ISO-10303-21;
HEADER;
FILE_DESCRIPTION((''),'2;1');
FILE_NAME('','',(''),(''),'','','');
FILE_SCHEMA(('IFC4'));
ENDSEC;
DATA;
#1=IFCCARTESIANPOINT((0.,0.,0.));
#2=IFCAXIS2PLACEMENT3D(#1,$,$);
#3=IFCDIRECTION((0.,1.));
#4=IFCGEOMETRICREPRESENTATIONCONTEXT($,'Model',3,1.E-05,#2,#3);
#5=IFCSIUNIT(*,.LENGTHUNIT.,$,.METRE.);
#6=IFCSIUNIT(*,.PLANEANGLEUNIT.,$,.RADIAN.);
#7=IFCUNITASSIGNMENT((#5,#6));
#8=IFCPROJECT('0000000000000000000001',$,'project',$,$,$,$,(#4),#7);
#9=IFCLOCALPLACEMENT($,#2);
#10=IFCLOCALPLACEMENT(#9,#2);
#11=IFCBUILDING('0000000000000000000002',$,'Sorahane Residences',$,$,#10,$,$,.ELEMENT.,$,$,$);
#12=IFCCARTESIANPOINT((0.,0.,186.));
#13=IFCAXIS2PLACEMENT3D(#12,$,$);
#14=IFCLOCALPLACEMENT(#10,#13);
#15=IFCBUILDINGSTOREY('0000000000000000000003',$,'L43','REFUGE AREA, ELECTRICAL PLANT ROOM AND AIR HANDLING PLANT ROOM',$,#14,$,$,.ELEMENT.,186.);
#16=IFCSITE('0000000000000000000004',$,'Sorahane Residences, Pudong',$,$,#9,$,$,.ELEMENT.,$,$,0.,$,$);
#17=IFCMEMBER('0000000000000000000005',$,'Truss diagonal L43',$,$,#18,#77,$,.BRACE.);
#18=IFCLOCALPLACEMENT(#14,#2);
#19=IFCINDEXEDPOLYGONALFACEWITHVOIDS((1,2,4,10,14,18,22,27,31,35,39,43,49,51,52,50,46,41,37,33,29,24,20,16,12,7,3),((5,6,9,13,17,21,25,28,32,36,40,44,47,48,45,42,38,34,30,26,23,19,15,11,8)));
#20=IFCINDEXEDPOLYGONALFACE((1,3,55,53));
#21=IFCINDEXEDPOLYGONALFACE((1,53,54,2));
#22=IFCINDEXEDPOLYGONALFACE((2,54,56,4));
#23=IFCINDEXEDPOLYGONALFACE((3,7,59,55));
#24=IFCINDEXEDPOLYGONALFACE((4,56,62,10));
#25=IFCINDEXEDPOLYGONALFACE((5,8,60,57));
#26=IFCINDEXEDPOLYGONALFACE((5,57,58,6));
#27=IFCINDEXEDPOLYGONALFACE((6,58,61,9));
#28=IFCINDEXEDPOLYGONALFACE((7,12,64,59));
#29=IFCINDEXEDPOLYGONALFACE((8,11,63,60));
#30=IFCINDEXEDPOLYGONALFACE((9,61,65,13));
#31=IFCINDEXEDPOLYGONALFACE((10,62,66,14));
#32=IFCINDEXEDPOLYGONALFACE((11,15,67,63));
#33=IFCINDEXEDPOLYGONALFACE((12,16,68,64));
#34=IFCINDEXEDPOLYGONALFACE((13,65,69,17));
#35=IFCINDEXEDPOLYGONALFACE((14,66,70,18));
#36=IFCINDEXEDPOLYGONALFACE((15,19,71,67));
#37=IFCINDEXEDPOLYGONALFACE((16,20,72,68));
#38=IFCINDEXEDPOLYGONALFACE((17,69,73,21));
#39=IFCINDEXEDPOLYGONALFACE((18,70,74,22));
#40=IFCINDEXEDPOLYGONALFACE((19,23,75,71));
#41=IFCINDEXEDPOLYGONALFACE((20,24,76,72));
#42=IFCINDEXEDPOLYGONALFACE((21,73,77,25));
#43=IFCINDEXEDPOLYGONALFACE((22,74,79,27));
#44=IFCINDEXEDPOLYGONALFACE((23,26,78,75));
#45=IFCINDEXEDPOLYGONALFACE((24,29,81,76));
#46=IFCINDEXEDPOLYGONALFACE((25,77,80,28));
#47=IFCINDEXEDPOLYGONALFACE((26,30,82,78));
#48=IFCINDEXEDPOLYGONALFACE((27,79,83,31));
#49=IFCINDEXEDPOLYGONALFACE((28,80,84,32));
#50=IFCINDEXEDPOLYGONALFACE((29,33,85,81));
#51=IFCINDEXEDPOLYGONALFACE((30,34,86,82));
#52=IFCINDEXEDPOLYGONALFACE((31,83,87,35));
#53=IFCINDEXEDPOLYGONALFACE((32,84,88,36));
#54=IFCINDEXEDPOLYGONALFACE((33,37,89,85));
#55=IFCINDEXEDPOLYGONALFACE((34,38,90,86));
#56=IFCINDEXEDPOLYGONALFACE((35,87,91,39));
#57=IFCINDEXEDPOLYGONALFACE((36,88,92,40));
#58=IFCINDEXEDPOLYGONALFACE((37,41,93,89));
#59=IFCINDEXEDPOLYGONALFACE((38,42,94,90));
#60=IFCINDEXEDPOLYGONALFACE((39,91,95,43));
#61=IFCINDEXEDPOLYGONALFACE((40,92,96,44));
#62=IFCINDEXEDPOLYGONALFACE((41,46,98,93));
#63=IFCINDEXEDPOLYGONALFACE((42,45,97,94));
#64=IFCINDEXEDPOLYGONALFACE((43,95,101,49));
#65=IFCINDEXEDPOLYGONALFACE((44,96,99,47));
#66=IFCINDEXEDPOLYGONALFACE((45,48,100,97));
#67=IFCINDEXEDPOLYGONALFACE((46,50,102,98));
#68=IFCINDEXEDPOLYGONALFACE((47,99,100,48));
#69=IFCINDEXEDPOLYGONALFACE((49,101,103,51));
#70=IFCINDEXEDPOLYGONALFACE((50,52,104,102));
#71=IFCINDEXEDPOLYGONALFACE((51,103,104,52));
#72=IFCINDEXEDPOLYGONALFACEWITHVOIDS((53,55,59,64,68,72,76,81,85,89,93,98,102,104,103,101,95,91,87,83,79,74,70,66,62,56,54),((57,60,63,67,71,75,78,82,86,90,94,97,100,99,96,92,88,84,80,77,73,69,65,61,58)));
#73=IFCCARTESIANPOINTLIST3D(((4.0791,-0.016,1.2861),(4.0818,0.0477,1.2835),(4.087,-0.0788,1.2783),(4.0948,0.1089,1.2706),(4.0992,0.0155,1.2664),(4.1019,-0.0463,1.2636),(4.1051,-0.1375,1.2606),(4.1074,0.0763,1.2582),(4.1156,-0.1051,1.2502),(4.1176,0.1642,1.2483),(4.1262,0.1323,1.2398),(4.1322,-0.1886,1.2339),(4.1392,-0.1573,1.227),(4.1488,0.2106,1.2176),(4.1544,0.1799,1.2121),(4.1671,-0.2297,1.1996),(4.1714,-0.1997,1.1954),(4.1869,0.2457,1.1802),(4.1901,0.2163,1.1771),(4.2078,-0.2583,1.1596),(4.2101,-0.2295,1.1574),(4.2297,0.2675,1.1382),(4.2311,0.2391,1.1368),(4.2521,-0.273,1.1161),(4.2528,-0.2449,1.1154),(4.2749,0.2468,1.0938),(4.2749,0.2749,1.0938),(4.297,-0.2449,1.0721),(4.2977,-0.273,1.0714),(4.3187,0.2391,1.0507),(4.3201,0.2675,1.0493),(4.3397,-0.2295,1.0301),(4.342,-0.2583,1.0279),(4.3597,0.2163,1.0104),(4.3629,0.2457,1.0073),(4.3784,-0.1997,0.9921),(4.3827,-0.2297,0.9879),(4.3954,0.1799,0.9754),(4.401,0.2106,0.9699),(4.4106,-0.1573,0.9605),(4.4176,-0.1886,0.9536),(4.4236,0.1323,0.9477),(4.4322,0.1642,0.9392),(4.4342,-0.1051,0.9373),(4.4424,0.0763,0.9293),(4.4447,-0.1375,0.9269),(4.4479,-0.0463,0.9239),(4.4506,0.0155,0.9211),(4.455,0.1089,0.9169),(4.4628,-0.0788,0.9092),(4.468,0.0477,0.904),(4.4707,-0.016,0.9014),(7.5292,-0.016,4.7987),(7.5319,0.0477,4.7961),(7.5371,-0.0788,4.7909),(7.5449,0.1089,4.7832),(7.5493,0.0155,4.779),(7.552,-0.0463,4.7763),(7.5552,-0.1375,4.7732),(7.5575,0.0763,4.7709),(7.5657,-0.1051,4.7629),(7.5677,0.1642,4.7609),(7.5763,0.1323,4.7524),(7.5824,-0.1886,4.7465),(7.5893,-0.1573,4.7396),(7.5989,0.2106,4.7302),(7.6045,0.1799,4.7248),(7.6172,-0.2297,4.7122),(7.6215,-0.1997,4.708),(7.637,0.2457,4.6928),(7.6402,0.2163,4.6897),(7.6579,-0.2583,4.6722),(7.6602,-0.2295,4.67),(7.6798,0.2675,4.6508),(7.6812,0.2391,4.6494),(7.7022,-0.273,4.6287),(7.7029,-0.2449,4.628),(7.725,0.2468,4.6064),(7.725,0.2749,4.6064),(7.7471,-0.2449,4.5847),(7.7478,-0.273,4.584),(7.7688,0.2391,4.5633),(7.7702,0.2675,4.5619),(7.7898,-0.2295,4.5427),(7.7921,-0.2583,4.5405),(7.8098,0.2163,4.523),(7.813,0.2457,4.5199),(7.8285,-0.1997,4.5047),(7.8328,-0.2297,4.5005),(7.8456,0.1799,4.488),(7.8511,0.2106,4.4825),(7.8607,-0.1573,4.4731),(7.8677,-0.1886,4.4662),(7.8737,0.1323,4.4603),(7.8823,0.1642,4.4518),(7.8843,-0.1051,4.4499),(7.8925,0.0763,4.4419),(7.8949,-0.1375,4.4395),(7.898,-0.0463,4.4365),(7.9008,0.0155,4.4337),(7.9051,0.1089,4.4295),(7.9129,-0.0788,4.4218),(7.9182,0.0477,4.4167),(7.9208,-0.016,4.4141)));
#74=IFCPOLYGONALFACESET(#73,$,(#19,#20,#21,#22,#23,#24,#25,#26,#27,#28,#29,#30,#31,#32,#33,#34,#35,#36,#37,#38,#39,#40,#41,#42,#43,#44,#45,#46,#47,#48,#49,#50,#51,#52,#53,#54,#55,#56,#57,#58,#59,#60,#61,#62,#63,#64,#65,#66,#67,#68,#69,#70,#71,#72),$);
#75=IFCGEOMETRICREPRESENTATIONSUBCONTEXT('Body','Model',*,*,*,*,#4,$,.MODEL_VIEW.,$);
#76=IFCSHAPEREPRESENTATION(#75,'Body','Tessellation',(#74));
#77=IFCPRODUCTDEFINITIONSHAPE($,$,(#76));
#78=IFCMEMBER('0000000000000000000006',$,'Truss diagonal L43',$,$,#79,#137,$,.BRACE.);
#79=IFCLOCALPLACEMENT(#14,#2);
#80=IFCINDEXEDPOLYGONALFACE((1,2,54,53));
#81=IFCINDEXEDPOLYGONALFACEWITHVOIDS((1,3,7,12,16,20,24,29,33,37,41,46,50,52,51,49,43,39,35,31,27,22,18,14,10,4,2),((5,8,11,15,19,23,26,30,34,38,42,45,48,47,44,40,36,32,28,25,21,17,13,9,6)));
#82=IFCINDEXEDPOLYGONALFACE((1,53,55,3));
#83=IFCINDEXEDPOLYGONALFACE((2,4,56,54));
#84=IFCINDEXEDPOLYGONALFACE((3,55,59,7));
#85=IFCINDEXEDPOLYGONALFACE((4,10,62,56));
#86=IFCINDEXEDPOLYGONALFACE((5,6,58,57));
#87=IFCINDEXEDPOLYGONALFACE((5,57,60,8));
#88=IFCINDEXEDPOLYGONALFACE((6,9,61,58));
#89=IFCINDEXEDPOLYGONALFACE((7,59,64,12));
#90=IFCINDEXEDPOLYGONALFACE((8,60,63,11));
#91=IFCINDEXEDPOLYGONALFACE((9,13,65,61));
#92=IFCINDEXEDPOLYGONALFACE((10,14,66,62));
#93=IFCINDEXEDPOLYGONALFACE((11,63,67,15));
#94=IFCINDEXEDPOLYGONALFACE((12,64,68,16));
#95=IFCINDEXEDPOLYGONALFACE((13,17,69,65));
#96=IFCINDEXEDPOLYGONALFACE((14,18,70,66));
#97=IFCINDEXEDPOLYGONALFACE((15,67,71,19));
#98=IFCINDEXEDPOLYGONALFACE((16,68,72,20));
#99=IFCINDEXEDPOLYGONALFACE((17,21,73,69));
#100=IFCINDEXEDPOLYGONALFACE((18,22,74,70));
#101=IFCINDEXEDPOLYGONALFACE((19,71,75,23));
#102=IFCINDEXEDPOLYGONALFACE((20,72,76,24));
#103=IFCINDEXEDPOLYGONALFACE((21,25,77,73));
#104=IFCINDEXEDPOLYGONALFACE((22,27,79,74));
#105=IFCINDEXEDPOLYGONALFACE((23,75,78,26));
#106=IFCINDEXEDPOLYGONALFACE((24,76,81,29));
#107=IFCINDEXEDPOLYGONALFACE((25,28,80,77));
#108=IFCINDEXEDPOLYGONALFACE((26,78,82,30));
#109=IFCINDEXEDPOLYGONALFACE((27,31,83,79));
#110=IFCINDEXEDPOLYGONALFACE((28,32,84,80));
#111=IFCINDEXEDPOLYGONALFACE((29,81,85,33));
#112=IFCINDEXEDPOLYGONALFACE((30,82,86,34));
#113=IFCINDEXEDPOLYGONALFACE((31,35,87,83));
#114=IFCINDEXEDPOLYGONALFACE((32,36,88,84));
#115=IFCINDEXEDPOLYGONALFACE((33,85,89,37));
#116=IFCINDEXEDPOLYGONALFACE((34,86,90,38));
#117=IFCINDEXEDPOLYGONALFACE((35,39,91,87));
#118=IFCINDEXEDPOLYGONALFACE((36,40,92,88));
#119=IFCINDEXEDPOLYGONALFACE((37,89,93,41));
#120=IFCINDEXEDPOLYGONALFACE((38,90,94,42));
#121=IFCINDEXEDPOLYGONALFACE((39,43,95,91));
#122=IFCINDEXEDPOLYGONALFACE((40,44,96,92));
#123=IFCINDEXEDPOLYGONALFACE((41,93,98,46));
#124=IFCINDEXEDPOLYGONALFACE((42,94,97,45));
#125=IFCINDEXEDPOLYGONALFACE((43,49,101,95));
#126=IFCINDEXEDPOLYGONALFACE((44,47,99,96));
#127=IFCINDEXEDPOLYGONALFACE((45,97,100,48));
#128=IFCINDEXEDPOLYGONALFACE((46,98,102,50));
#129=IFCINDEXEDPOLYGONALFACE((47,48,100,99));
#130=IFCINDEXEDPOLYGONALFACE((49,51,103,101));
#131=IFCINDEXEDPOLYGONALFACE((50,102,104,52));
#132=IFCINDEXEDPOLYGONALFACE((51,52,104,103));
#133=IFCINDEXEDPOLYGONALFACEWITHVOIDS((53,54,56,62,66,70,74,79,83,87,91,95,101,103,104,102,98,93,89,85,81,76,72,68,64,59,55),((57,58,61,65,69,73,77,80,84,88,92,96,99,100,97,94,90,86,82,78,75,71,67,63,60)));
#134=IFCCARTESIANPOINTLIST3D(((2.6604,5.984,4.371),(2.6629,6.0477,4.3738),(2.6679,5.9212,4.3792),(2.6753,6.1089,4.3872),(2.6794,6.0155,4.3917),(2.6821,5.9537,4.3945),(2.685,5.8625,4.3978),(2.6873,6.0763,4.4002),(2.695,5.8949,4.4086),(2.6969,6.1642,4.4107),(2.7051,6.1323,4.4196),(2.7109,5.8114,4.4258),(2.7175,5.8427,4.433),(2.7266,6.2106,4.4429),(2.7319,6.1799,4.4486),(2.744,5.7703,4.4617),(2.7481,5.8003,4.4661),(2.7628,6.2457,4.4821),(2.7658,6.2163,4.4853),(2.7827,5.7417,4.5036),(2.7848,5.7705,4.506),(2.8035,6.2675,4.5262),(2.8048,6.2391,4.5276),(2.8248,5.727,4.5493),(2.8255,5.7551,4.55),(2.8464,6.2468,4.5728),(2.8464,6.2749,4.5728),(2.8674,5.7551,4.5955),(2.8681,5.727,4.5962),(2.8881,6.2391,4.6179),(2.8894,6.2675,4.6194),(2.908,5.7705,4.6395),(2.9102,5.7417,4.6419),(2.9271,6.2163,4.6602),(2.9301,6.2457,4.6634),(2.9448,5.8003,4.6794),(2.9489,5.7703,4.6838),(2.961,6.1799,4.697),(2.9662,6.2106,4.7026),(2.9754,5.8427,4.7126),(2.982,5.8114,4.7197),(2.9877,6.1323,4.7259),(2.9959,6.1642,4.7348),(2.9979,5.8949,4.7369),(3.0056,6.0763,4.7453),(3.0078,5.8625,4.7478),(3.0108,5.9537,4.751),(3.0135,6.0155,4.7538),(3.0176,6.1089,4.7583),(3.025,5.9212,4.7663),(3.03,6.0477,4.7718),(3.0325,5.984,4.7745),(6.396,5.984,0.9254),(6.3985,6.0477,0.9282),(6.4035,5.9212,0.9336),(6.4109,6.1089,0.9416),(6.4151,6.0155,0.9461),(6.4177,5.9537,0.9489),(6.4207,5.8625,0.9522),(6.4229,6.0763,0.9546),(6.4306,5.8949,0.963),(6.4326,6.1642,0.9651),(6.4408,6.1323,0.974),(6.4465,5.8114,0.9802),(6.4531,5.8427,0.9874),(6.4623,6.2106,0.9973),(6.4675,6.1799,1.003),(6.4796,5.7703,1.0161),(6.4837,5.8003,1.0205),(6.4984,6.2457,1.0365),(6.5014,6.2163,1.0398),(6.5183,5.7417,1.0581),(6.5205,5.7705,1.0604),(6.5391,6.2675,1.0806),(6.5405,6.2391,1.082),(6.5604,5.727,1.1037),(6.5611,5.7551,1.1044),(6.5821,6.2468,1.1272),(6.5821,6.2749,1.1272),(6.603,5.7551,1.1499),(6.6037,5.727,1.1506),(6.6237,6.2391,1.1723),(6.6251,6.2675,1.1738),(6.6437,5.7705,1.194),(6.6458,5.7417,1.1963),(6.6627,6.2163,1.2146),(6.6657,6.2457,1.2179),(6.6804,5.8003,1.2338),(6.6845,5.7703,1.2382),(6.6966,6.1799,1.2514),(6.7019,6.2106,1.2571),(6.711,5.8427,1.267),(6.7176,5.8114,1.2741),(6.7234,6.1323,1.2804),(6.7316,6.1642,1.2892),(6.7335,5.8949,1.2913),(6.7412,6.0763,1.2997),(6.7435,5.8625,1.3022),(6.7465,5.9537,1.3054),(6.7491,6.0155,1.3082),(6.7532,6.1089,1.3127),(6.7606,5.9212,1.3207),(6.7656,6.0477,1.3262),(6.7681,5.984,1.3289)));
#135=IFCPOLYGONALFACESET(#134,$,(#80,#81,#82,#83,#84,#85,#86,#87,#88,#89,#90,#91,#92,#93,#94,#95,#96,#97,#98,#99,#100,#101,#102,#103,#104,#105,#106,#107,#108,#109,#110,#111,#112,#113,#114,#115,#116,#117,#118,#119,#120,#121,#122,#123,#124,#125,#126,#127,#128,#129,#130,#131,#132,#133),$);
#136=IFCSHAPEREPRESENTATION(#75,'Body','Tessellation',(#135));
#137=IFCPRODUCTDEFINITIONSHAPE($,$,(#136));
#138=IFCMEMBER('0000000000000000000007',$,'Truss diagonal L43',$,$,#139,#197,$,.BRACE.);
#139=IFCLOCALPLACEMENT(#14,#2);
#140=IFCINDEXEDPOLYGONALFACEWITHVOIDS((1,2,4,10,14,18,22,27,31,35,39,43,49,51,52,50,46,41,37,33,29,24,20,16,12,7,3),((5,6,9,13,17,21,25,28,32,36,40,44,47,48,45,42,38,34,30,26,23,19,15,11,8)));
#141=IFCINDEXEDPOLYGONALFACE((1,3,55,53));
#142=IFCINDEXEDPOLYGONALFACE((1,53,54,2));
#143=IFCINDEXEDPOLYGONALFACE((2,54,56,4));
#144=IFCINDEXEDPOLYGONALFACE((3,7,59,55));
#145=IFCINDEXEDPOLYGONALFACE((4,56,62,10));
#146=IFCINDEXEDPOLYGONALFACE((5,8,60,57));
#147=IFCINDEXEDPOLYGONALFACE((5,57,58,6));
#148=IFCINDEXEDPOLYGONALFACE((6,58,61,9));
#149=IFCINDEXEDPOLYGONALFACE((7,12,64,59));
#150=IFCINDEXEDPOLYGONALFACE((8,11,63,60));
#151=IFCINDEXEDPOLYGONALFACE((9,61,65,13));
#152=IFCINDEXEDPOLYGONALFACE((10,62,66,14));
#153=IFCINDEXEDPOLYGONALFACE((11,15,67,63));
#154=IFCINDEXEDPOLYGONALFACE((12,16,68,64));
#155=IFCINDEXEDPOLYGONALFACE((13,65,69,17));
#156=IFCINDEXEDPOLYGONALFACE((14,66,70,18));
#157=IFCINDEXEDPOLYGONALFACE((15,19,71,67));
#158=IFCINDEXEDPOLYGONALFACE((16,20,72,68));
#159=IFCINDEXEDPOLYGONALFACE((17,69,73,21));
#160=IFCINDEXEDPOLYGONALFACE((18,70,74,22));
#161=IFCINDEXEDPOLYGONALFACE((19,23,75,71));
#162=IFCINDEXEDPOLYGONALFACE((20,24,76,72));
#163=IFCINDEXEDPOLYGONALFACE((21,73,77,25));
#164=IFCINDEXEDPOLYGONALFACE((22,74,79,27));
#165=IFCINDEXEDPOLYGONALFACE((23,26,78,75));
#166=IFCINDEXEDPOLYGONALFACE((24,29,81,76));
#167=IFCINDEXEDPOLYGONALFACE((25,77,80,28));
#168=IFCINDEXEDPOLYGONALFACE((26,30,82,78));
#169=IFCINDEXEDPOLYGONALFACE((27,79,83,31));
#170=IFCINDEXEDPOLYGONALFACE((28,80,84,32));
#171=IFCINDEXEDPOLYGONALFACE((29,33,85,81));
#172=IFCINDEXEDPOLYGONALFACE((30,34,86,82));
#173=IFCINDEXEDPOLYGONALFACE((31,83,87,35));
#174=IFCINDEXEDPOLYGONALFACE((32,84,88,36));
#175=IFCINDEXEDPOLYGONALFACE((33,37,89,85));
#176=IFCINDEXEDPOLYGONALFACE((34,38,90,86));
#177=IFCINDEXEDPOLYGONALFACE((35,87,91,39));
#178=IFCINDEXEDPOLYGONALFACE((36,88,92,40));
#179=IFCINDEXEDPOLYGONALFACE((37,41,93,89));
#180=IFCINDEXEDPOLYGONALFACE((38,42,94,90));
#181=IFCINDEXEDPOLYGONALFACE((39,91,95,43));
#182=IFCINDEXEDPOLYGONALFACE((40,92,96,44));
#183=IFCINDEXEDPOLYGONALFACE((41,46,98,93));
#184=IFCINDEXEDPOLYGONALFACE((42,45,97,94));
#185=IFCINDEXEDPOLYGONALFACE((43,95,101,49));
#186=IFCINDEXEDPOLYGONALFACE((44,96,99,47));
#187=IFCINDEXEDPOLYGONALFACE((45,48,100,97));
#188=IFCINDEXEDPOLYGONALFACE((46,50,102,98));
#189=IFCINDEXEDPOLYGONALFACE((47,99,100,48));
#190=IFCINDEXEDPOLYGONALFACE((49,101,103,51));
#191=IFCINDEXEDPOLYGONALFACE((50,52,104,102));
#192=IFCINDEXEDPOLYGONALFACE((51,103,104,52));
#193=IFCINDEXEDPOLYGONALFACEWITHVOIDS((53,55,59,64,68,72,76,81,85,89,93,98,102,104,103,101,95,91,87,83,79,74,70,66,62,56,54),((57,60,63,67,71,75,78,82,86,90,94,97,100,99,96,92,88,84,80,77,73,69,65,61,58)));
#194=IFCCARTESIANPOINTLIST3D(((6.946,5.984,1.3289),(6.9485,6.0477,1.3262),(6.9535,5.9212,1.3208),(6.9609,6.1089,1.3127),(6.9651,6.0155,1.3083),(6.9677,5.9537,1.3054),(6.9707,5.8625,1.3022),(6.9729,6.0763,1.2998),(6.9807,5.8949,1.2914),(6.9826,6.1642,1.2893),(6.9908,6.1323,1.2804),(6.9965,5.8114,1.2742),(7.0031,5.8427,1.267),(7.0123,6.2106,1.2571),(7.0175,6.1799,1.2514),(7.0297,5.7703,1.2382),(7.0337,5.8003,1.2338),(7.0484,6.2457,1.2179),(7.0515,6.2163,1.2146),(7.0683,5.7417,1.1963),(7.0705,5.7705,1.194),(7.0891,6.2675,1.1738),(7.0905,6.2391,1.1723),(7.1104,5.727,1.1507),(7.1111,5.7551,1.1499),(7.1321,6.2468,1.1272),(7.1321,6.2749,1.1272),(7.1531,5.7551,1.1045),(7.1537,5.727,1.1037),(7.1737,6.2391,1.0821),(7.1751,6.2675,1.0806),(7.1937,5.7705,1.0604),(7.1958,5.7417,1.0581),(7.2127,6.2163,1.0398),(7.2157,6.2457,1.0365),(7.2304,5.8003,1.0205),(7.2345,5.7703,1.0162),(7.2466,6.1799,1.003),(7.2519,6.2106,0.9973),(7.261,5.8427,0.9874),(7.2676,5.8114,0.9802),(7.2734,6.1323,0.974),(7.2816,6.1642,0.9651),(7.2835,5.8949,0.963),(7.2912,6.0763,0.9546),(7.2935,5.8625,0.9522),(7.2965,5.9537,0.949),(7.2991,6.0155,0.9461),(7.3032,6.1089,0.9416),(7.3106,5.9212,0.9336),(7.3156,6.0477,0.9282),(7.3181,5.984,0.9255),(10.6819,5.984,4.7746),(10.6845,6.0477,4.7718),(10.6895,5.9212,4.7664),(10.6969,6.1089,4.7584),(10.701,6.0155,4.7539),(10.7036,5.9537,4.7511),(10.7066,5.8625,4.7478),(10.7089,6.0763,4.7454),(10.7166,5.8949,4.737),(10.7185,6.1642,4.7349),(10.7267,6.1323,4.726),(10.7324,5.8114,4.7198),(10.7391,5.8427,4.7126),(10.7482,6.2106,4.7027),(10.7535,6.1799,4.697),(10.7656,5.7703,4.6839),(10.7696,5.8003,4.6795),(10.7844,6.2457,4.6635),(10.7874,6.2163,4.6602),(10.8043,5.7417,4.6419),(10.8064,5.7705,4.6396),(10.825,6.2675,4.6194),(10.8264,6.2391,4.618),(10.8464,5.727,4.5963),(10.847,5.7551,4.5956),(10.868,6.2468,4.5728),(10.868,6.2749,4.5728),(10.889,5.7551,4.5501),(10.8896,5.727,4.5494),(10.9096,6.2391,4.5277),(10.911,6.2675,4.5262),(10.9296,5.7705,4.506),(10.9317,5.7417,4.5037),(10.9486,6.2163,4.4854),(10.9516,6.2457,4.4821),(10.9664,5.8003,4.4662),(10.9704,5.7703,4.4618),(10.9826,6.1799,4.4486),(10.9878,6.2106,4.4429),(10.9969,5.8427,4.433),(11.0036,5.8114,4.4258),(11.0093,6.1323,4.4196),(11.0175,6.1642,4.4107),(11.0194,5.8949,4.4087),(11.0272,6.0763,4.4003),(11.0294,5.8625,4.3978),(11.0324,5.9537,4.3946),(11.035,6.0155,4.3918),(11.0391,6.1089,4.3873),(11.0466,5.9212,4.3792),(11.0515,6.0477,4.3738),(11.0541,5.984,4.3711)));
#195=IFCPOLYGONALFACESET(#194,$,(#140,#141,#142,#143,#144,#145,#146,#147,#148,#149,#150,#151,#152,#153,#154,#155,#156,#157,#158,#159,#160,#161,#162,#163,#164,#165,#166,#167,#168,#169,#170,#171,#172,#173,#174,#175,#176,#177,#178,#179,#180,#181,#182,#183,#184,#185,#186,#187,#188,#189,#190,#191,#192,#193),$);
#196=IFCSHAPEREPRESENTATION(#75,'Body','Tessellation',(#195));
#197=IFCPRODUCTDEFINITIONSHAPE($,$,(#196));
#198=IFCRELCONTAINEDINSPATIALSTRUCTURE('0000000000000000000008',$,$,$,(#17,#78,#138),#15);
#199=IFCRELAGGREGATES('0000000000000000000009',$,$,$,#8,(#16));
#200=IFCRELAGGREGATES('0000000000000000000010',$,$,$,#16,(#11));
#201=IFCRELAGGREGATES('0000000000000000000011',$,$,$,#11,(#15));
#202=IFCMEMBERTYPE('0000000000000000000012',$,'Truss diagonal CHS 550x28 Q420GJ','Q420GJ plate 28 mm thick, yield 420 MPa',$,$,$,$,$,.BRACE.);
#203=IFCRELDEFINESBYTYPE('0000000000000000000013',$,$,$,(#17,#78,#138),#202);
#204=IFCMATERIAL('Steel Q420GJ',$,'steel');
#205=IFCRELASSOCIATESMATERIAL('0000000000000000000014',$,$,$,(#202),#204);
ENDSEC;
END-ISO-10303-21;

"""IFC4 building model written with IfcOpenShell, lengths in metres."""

from ifc_helpers import new_model, si_unit, direction, frame, origin, origin_2d, place, context, subcontext, project, spatial, hollow_circle, extrude, material, material_profile, profile_set, type_object, element, save


model = new_model("IFC4")

# Units and contexts
model_context = context("Model", 3, precision=1e-05, world=origin(), true_north=direction((0.0, 1.0)))
body_context = subcontext(model_context, "Body", "Model", "MODEL_VIEW")
ifc_project = project(units=[si_unit("LENGTHUNIT", "METRE"), si_unit("PLANEANGLEUNIT", "RADIAN")], contexts=[model_context])

# Site, building, storey
site_placement = place(None, origin())
site = spatial("IfcSite", under=ifc_project, at=site_placement, Name="Sorahane Residences, Pudong", CompositionType="ELEMENT", RefElevation=0.0)
building_placement = place(site_placement, origin())
building = spatial("IfcBuilding", under=site, at=building_placement, Name="Sorahane Residences", CompositionType="ELEMENT")
storey_placement = place(building_placement, frame((0.0, 0.0, 186.0)))
storey = spatial("IfcBuildingStorey", under=building, at=storey_placement, Name="L43", Description="REFUGE AREA, ELECTRICAL PLANT ROOM AND AIR HANDLING PLANT ROOM", CompositionType="ELEMENT", Elevation=186.0)

# Members
ifc_material_1 = material(Name="Steel Q420GJ", Category="steel")
ifc_material_profile_1 = material_profile(ifc_material_1, hollow_circle(Radius=0.2749, WallThickness=0.0281, at=origin_2d()), Name="CHS 550x28")
ifc_profile_set_1 = profile_set([ifc_material_profile_1], Name="Steel Q420GJ")
member_type = type_object("IfcMemberType", Name="Truss diagonal CHS 550x28 Q420GJ", Description="Q420GJ plate 28 mm thick, yield 420 MPa", PredefinedType="BRACE", material=ifc_profile_set_1)
member_1_placement = place(storey_placement, frame((4.2749, 0.0, 1.0938), z_axis=(0.700731, 0.0, 0.713425), x_axis=(0.0, 1.0, 0.0)))
element("IfcMember", 1, at=member_1_placement, inside=storey, type_object=member_type, Name="Truss diagonal L43", PredefinedType="BRACE", context=body_context, shape_type="SweptSolid", body=[
    extrude(hollow_circle(Radius=0.2749, WallThickness=0.0281, at=origin_2d()), origin(), (0.0, 0.0, 1.0), 4.9236),
])
member_2_placement = place(storey_placement, frame((2.8464, 6.0, 4.5728), z_axis=(0.735067, 0.0, -0.677995), x_axis=(0.0, 1.0, 0.0)))
element("IfcMember", 2, at=member_2_placement, inside=storey, type_object=member_type, Name="Truss diagonal L43", PredefinedType="BRACE", context=body_context, shape_type="SweptSolid", body=[
    extrude(hollow_circle(Radius=0.2749, WallThickness=0.0281, at=origin_2d()), origin(), (0.0, 0.0, 1.0), 5.082),
])
member_3_placement = place(storey_placement, frame((7.1321, 6.0, 1.1272), z_axis=(0.735089, 0.0, 0.677971), x_axis=(0.0, 1.0, 0.0)))
element("IfcMember", 3, at=member_3_placement, inside=storey, type_object=member_type, Name="Truss diagonal L43", PredefinedType="BRACE", context=body_context, shape_type="SweptSolid", body=[
    extrude(hollow_circle(Radius=0.2749, WallThickness=0.0281, at=origin_2d()), origin(), (0.0, 0.0, 1.0), 5.0823),
])

save(model, "model.ifc")
